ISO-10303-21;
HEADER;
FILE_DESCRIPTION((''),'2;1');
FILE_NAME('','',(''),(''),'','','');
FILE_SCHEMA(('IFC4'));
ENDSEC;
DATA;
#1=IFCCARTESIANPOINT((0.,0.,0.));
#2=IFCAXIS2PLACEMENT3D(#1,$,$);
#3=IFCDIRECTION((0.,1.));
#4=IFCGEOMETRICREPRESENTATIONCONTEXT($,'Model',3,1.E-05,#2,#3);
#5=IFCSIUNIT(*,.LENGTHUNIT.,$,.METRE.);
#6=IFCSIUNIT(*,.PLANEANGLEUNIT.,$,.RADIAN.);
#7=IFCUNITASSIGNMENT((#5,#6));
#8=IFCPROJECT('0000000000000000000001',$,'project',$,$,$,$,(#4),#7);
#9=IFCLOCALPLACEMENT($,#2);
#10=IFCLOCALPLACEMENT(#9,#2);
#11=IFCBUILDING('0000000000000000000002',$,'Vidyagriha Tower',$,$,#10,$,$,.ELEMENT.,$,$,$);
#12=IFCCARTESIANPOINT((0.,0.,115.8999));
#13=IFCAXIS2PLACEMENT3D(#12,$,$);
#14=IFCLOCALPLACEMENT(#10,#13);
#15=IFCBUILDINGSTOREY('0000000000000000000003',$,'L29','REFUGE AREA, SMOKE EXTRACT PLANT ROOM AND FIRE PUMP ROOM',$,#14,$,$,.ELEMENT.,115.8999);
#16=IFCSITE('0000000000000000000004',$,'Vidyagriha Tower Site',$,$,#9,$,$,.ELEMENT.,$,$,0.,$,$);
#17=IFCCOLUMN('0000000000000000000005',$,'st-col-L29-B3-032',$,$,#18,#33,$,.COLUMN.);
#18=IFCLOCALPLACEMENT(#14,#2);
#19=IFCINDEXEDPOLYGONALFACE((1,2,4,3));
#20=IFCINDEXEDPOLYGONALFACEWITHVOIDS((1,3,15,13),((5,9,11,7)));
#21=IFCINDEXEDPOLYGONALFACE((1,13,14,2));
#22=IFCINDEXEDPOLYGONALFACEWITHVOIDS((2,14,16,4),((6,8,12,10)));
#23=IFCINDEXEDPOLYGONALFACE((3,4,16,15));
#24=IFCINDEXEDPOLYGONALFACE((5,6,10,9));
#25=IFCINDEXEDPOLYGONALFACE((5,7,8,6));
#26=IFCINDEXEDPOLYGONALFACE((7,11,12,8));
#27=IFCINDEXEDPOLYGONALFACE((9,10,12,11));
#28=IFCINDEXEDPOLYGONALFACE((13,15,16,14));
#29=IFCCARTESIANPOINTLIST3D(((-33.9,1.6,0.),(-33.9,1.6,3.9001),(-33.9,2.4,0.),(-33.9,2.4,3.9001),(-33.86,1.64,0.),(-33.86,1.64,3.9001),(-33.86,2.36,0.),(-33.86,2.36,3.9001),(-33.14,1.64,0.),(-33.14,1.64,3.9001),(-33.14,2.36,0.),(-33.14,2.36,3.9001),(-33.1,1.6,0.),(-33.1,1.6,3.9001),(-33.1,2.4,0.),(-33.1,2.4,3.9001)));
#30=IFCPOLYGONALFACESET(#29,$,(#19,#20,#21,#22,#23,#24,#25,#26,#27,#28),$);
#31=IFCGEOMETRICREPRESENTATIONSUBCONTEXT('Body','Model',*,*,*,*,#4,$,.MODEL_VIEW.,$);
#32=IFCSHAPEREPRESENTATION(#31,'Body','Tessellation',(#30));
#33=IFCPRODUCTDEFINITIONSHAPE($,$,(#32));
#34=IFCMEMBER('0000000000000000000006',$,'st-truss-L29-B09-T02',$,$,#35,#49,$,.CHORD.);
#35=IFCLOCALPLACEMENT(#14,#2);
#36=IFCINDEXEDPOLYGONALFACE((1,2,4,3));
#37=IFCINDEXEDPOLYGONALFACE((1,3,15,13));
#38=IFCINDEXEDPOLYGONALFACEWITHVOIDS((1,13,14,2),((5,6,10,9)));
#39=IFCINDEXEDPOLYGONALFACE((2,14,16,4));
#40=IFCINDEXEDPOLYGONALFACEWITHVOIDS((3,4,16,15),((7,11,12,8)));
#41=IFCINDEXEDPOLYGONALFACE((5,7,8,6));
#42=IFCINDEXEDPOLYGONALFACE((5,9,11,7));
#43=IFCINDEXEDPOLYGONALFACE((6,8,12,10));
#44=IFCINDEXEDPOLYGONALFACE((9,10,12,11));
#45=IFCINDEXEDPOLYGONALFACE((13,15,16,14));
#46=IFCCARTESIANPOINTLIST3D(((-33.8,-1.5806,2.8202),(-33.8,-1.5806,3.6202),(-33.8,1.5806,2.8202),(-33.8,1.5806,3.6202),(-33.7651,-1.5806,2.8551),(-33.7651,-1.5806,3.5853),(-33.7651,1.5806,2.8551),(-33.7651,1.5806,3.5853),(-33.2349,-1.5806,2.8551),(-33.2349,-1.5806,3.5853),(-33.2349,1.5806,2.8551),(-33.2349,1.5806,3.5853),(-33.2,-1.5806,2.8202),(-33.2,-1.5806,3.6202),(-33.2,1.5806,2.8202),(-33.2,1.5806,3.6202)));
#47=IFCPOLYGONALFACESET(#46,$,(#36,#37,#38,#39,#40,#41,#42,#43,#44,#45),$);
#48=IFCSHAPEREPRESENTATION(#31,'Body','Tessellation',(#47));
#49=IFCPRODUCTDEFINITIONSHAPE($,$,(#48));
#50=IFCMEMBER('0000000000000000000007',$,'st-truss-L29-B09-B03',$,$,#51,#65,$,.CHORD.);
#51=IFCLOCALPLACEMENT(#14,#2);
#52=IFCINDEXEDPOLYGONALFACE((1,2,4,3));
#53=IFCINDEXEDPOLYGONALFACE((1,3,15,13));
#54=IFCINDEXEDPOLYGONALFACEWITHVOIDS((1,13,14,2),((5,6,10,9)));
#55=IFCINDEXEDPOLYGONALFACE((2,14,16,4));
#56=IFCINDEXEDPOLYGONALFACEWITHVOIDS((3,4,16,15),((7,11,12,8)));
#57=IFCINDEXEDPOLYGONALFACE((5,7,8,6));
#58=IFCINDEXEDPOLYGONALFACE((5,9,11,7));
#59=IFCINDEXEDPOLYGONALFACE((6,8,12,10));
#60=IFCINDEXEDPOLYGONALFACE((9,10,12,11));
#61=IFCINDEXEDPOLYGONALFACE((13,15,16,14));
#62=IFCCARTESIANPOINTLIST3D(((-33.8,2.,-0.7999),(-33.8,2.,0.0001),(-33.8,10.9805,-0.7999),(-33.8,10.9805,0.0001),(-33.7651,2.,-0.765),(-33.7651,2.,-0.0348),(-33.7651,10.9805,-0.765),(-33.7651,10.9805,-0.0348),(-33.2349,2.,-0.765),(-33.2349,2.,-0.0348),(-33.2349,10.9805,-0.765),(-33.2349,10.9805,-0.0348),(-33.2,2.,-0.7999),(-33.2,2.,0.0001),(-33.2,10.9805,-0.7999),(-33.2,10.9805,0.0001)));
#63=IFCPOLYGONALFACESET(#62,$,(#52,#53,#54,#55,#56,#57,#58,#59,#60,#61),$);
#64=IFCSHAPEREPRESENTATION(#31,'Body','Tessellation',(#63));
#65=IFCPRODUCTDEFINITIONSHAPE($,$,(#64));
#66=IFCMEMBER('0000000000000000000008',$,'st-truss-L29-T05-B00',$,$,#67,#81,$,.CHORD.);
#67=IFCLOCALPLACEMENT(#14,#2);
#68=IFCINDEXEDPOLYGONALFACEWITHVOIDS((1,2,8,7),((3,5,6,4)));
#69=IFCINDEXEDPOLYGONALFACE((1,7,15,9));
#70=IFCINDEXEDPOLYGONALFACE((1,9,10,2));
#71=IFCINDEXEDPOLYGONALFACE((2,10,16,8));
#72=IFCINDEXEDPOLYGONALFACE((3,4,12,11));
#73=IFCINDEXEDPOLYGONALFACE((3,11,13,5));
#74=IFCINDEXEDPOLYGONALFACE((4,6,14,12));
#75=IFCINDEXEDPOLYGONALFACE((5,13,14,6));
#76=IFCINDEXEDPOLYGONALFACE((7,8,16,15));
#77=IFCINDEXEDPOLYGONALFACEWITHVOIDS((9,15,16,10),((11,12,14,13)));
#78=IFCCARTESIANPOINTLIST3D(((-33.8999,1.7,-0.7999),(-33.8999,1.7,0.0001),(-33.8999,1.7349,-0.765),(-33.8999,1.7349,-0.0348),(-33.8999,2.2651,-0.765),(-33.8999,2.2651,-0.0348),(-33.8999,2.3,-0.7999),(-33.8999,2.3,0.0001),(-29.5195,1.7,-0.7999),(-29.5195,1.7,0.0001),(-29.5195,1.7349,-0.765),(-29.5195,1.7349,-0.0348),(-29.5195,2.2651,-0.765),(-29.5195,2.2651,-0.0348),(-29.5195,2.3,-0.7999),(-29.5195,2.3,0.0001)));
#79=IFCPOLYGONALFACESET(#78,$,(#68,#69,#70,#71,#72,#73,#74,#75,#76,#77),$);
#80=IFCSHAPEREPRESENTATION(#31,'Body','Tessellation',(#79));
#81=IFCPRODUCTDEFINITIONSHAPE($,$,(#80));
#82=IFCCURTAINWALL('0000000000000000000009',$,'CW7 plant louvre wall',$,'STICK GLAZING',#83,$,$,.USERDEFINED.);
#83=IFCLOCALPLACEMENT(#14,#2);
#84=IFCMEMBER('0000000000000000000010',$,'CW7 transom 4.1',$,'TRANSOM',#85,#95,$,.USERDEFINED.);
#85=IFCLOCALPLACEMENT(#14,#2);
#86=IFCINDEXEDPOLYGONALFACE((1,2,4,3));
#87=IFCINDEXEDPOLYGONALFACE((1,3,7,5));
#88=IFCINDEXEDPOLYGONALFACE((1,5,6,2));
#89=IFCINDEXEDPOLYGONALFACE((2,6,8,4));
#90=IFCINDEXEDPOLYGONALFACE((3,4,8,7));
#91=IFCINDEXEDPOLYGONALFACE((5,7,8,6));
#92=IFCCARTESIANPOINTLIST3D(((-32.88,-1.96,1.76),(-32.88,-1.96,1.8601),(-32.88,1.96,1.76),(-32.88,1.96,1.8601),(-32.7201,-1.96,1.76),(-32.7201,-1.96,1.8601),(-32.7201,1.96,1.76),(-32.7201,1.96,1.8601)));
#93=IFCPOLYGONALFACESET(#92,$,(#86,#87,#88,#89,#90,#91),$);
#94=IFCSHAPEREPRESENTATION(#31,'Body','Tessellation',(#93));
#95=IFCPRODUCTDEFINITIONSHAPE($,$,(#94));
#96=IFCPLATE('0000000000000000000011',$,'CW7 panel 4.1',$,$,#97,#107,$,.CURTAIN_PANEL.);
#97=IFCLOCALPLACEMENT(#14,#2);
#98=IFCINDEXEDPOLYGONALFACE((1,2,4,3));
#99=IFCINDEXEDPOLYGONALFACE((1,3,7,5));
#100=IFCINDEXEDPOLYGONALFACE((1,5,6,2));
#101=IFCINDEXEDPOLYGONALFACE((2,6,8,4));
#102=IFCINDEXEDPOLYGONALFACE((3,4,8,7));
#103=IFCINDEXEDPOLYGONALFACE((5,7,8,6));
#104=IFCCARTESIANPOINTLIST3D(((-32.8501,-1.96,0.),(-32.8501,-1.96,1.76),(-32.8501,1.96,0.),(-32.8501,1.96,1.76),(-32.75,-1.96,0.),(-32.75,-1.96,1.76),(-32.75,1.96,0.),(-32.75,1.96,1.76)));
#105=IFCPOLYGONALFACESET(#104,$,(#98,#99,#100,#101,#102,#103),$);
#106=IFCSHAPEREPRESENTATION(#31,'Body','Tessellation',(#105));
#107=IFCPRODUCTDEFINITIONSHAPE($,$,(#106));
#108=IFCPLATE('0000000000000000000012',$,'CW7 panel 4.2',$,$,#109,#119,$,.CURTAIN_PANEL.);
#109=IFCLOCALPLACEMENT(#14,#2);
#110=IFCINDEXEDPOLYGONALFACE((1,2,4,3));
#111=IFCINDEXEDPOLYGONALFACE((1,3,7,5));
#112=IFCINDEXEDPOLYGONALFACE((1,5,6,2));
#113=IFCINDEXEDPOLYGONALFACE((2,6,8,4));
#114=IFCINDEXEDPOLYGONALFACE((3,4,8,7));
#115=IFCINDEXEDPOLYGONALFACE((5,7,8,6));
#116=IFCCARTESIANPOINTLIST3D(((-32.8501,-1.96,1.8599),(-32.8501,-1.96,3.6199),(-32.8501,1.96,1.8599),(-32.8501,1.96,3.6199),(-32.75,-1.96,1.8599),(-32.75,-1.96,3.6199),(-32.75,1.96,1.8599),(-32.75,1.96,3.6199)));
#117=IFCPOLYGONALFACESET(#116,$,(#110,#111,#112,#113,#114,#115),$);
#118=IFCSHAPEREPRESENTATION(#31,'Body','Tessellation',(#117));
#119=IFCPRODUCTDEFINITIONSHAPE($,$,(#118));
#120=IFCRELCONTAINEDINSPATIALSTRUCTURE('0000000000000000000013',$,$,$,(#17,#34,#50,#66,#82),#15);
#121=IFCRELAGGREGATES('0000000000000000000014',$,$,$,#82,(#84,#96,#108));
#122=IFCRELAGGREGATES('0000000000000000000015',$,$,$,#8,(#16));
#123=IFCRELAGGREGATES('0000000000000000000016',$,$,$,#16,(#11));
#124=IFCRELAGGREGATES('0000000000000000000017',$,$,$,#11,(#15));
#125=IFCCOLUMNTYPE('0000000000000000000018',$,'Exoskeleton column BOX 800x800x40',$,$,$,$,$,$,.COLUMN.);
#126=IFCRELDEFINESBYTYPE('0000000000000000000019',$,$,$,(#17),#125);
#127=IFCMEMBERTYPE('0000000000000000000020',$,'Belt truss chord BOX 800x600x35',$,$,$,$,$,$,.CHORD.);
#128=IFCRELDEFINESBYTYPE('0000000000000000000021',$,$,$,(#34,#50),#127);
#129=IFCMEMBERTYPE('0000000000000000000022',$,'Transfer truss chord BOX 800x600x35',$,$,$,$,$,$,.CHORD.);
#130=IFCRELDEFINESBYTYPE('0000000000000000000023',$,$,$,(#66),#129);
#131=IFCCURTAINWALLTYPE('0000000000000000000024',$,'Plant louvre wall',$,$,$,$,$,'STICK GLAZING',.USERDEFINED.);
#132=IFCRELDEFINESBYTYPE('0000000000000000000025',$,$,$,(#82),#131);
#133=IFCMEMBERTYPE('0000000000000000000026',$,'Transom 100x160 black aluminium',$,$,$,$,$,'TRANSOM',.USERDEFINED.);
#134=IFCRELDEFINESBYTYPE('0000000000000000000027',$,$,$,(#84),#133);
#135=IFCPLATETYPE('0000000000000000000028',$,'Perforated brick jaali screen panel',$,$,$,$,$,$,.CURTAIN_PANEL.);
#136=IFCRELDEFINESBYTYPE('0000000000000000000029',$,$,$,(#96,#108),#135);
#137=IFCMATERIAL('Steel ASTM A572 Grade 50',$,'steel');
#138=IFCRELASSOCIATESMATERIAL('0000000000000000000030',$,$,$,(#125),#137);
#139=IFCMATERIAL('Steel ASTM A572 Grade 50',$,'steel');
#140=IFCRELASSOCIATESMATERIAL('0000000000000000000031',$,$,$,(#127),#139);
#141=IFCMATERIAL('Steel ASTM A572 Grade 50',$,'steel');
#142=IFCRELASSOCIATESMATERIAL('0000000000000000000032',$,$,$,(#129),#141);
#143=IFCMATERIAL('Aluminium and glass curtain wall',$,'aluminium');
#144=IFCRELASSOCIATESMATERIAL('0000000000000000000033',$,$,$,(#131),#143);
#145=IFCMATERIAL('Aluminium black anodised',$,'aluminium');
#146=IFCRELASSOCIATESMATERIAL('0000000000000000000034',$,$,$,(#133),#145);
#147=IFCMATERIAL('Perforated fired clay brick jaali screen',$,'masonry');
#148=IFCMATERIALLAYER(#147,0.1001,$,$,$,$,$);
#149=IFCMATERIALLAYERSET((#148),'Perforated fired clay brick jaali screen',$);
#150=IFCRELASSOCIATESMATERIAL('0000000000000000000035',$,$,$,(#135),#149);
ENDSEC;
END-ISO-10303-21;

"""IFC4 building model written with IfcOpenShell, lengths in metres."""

from ifc_helpers import new_model, si_unit, direction, frame, origin, origin_2d, place, context, subcontext, project, spatial, rectangle, hollow_rectangle, extrude, material, layer, layer_set, material_profile, profile_set, type_object, element, aggregate, save


model = new_model("IFC4")

# Units and contexts
model_context = context("Model", 3, precision=1e-05, world=origin(), true_north=direction((0.0, 1.0)))
body_context = subcontext(model_context, "Body", "Model", "MODEL_VIEW")
ifc_project = project(units=[si_unit("LENGTHUNIT", "METRE"), si_unit("PLANEANGLEUNIT", "RADIAN")], contexts=[model_context])

# Site, building, storey
site_placement = place(None, origin())
site = spatial("IfcSite", under=ifc_project, at=site_placement, Name="Vidyagriha Tower Site", CompositionType="ELEMENT", RefElevation=0.0)
building_placement = place(site_placement, origin())
building = spatial("IfcBuilding", under=site, at=building_placement, Name="Vidyagriha Tower", CompositionType="ELEMENT")
storey_placement = place(building_placement, frame((0.0, 0.0, 115.8999)))
storey = spatial("IfcBuildingStorey", under=building, at=storey_placement, Name="L29", Description="REFUGE AREA, SMOKE EXTRACT PLANT ROOM AND FIRE PUMP ROOM", CompositionType="ELEMENT", Elevation=115.8999)

# Column
ifc_material_1 = material(Name="Steel ASTM A572 Grade 50", Category="steel")
ifc_material_profile_1 = material_profile(ifc_material_1, hollow_rectangle(XDim=0.8, YDim=0.8, WallThickness=0.04, at=origin_2d()), Name="BOX 800x800x40")
ifc_profile_set_1 = profile_set([ifc_material_profile_1], Name="Steel ASTM A572 Grade 50")
column_type = type_object("IfcColumnType", Name="Exoskeleton column BOX 800x800x40", PredefinedType="COLUMN", material=ifc_profile_set_1)
column_placement = place(storey_placement, frame((-33.5, 2.0, 0.0)))
element("IfcColumn", 1, at=column_placement, inside=storey, type_object=column_type, Name="st-col-L29-B3-032", PredefinedType="COLUMN", context=body_context, shape_type="SweptSolid", body=[
    extrude(hollow_rectangle(XDim=0.8, YDim=0.8, WallThickness=0.04, at=origin_2d()), origin(), (0.0, 0.0, 1.0), 3.9001),
])

# Members
ifc_material_2 = material(Name="Steel ASTM A572 Grade 50", Category="steel")
ifc_material_profile_2 = material_profile(ifc_material_2, hollow_rectangle(XDim=0.6001, YDim=0.8, WallThickness=0.0349, at=origin_2d()), Name="BOX 800x600x35")
ifc_profile_set_2 = profile_set([ifc_material_profile_2], Name="Steel ASTM A572 Grade 50")
member_type_1 = type_object("IfcMemberType", Name="Belt truss chord BOX 800x600x35", PredefinedType="CHORD", material=ifc_profile_set_2)
member_1_placement = place(storey_placement, frame((-33.5, -1.5806, 3.2202), z_axis=(0.0, 1.0, 0.0), x_axis=(-1.0, 0.0, 0.0)))
element("IfcMember", 2, at=member_1_placement, inside=storey, type_object=member_type_1, Name="st-truss-L29-B09-T02", PredefinedType="CHORD", context=body_context, shape_type="SweptSolid", body=[
    extrude(hollow_rectangle(XDim=0.6001, YDim=0.8, WallThickness=0.0349, at=origin_2d()), origin(), (0.0, 0.0, 1.0), 3.1611),
])
member_2_placement = place(storey_placement, frame((-33.5, 2.0, -0.3999), z_axis=(0.0, 1.0, 0.0), x_axis=(-1.0, 0.0, 0.0)))
element("IfcMember", 3, at=member_2_placement, inside=storey, type_object=member_type_1, Name="st-truss-L29-B09-B03", PredefinedType="CHORD", context=body_context, shape_type="SweptSolid", body=[
    extrude(hollow_rectangle(XDim=0.6001, YDim=0.8, WallThickness=0.0349, at=origin_2d()), origin(), (0.0, 0.0, 1.0), 8.9805),
])
ifc_material_3 = material(Name="Steel ASTM A572 Grade 50", Category="steel")
ifc_material_profile_3 = material_profile(ifc_material_3, hollow_rectangle(XDim=0.6001, YDim=0.8, WallThickness=0.0349, at=origin_2d()), Name="BOX 800x600x35")
ifc_profile_set_3 = profile_set([ifc_material_profile_3], Name="Steel ASTM A572 Grade 50")
member_type_2 = type_object("IfcMemberType", Name="Transfer truss chord BOX 800x600x35", PredefinedType="CHORD", material=ifc_profile_set_3)
member_3_placement = place(storey_placement, frame((-33.8999, 2.0, -0.3999), z_axis=(1.0, 0.0, 0.0), x_axis=(0.0, 1.0, 0.0)))
element("IfcMember", 4, at=member_3_placement, inside=storey, type_object=member_type_2, Name="st-truss-L29-T05-B00", PredefinedType="CHORD", context=body_context, shape_type="SweptSolid", body=[
    extrude(hollow_rectangle(XDim=0.6001, YDim=0.8, WallThickness=0.0349, at=origin_2d()), origin(), (0.0, 0.0, 1.0), 4.3804),
])

# Curtain wall, member, plates
ifc_material_4 = material(Name="Aluminium and glass curtain wall", Category="aluminium")
curtain_wall_type = type_object("IfcCurtainWallType", Name="Plant louvre wall", ElementType="STICK GLAZING", PredefinedType="USERDEFINED", material=ifc_material_4)
curtain_wall_placement = place(storey_placement, origin())
curtain_wall = element("IfcCurtainWall", 5, at=curtain_wall_placement, inside=storey, type_object=curtain_wall_type, Name="CW7 plant louvre wall", ObjectType="STICK GLAZING", PredefinedType="USERDEFINED")
ifc_material_5 = material(Name="Aluminium black anodised", Category="aluminium")
ifc_material_profile_4 = material_profile(ifc_material_5, rectangle(XDim=0.1599, YDim=0.1001, at=origin_2d()), Name="Transom 100x160 black aluminium")
ifc_profile_set_4 = profile_set([ifc_material_profile_4], Name="Aluminium black anodised")
member_type_3 = type_object("IfcMemberType", Name="Transom 100x160 black aluminium", ElementType="TRANSOM", PredefinedType="USERDEFINED", material=ifc_profile_set_4)
member_4_placement = place(storey_placement, frame((-32.8, 1.96, 1.8101), z_axis=(0.0, -1.0, 0.0), x_axis=(1.0, 0.0, 0.0)))
member_4 = element("IfcMember", 6, at=member_4_placement, type_object=member_type_3, Name="CW7 transom 4.1", ObjectType="TRANSOM", PredefinedType="USERDEFINED", context=body_context, shape_type="SweptSolid", body=[
    extrude(rectangle(XDim=0.1599, YDim=0.1001, at=origin_2d()), origin(), (0.0, 0.0, 1.0), 3.9199),
])
ifc_material_6 = material(Name="Perforated fired clay brick jaali screen", Category="masonry")
ifc_layer_1 = layer(ifc_material_6, 0.1001)
ifc_layer_set_1 = layer_set([ifc_layer_1], Name="Perforated fired clay brick jaali screen")
plate_type = type_object("IfcPlateType", Name="Perforated brick jaali screen panel", PredefinedType="CURTAIN_PANEL", material=ifc_layer_set_1)
plate_1_placement = place(storey_placement, frame((-32.8, 0.0, 0.0), z_axis=(0.0, 0.0, 1.0), x_axis=(0.0, -1.0, 0.0)))
plate_1 = element("IfcPlate", 7, at=plate_1_placement, type_object=plate_type, Name="CW7 panel 4.1", PredefinedType="CURTAIN_PANEL", context=body_context, shape_type="SweptSolid", body=[
    extrude(rectangle(XDim=3.9199, YDim=0.1001, at=origin_2d()), origin(), (0.0, 0.0, 1.0), 1.76),
])
plate_2_placement = place(storey_placement, frame((-32.8, 0.0, 1.8599), z_axis=(0.0, 0.0, 1.0), x_axis=(0.0, -1.0, 0.0)))
plate_2 = element("IfcPlate", 8, at=plate_2_placement, type_object=plate_type, Name="CW7 panel 4.2", PredefinedType="CURTAIN_PANEL", context=body_context, shape_type="SweptSolid", body=[
    extrude(rectangle(XDim=3.9199, YDim=0.1001, at=origin_2d()), origin(), (0.0, 0.0, 1.0), 1.76),
])
aggregate(curtain_wall, [member_4, plate_1, plate_2])

save(model, "model.ifc")
